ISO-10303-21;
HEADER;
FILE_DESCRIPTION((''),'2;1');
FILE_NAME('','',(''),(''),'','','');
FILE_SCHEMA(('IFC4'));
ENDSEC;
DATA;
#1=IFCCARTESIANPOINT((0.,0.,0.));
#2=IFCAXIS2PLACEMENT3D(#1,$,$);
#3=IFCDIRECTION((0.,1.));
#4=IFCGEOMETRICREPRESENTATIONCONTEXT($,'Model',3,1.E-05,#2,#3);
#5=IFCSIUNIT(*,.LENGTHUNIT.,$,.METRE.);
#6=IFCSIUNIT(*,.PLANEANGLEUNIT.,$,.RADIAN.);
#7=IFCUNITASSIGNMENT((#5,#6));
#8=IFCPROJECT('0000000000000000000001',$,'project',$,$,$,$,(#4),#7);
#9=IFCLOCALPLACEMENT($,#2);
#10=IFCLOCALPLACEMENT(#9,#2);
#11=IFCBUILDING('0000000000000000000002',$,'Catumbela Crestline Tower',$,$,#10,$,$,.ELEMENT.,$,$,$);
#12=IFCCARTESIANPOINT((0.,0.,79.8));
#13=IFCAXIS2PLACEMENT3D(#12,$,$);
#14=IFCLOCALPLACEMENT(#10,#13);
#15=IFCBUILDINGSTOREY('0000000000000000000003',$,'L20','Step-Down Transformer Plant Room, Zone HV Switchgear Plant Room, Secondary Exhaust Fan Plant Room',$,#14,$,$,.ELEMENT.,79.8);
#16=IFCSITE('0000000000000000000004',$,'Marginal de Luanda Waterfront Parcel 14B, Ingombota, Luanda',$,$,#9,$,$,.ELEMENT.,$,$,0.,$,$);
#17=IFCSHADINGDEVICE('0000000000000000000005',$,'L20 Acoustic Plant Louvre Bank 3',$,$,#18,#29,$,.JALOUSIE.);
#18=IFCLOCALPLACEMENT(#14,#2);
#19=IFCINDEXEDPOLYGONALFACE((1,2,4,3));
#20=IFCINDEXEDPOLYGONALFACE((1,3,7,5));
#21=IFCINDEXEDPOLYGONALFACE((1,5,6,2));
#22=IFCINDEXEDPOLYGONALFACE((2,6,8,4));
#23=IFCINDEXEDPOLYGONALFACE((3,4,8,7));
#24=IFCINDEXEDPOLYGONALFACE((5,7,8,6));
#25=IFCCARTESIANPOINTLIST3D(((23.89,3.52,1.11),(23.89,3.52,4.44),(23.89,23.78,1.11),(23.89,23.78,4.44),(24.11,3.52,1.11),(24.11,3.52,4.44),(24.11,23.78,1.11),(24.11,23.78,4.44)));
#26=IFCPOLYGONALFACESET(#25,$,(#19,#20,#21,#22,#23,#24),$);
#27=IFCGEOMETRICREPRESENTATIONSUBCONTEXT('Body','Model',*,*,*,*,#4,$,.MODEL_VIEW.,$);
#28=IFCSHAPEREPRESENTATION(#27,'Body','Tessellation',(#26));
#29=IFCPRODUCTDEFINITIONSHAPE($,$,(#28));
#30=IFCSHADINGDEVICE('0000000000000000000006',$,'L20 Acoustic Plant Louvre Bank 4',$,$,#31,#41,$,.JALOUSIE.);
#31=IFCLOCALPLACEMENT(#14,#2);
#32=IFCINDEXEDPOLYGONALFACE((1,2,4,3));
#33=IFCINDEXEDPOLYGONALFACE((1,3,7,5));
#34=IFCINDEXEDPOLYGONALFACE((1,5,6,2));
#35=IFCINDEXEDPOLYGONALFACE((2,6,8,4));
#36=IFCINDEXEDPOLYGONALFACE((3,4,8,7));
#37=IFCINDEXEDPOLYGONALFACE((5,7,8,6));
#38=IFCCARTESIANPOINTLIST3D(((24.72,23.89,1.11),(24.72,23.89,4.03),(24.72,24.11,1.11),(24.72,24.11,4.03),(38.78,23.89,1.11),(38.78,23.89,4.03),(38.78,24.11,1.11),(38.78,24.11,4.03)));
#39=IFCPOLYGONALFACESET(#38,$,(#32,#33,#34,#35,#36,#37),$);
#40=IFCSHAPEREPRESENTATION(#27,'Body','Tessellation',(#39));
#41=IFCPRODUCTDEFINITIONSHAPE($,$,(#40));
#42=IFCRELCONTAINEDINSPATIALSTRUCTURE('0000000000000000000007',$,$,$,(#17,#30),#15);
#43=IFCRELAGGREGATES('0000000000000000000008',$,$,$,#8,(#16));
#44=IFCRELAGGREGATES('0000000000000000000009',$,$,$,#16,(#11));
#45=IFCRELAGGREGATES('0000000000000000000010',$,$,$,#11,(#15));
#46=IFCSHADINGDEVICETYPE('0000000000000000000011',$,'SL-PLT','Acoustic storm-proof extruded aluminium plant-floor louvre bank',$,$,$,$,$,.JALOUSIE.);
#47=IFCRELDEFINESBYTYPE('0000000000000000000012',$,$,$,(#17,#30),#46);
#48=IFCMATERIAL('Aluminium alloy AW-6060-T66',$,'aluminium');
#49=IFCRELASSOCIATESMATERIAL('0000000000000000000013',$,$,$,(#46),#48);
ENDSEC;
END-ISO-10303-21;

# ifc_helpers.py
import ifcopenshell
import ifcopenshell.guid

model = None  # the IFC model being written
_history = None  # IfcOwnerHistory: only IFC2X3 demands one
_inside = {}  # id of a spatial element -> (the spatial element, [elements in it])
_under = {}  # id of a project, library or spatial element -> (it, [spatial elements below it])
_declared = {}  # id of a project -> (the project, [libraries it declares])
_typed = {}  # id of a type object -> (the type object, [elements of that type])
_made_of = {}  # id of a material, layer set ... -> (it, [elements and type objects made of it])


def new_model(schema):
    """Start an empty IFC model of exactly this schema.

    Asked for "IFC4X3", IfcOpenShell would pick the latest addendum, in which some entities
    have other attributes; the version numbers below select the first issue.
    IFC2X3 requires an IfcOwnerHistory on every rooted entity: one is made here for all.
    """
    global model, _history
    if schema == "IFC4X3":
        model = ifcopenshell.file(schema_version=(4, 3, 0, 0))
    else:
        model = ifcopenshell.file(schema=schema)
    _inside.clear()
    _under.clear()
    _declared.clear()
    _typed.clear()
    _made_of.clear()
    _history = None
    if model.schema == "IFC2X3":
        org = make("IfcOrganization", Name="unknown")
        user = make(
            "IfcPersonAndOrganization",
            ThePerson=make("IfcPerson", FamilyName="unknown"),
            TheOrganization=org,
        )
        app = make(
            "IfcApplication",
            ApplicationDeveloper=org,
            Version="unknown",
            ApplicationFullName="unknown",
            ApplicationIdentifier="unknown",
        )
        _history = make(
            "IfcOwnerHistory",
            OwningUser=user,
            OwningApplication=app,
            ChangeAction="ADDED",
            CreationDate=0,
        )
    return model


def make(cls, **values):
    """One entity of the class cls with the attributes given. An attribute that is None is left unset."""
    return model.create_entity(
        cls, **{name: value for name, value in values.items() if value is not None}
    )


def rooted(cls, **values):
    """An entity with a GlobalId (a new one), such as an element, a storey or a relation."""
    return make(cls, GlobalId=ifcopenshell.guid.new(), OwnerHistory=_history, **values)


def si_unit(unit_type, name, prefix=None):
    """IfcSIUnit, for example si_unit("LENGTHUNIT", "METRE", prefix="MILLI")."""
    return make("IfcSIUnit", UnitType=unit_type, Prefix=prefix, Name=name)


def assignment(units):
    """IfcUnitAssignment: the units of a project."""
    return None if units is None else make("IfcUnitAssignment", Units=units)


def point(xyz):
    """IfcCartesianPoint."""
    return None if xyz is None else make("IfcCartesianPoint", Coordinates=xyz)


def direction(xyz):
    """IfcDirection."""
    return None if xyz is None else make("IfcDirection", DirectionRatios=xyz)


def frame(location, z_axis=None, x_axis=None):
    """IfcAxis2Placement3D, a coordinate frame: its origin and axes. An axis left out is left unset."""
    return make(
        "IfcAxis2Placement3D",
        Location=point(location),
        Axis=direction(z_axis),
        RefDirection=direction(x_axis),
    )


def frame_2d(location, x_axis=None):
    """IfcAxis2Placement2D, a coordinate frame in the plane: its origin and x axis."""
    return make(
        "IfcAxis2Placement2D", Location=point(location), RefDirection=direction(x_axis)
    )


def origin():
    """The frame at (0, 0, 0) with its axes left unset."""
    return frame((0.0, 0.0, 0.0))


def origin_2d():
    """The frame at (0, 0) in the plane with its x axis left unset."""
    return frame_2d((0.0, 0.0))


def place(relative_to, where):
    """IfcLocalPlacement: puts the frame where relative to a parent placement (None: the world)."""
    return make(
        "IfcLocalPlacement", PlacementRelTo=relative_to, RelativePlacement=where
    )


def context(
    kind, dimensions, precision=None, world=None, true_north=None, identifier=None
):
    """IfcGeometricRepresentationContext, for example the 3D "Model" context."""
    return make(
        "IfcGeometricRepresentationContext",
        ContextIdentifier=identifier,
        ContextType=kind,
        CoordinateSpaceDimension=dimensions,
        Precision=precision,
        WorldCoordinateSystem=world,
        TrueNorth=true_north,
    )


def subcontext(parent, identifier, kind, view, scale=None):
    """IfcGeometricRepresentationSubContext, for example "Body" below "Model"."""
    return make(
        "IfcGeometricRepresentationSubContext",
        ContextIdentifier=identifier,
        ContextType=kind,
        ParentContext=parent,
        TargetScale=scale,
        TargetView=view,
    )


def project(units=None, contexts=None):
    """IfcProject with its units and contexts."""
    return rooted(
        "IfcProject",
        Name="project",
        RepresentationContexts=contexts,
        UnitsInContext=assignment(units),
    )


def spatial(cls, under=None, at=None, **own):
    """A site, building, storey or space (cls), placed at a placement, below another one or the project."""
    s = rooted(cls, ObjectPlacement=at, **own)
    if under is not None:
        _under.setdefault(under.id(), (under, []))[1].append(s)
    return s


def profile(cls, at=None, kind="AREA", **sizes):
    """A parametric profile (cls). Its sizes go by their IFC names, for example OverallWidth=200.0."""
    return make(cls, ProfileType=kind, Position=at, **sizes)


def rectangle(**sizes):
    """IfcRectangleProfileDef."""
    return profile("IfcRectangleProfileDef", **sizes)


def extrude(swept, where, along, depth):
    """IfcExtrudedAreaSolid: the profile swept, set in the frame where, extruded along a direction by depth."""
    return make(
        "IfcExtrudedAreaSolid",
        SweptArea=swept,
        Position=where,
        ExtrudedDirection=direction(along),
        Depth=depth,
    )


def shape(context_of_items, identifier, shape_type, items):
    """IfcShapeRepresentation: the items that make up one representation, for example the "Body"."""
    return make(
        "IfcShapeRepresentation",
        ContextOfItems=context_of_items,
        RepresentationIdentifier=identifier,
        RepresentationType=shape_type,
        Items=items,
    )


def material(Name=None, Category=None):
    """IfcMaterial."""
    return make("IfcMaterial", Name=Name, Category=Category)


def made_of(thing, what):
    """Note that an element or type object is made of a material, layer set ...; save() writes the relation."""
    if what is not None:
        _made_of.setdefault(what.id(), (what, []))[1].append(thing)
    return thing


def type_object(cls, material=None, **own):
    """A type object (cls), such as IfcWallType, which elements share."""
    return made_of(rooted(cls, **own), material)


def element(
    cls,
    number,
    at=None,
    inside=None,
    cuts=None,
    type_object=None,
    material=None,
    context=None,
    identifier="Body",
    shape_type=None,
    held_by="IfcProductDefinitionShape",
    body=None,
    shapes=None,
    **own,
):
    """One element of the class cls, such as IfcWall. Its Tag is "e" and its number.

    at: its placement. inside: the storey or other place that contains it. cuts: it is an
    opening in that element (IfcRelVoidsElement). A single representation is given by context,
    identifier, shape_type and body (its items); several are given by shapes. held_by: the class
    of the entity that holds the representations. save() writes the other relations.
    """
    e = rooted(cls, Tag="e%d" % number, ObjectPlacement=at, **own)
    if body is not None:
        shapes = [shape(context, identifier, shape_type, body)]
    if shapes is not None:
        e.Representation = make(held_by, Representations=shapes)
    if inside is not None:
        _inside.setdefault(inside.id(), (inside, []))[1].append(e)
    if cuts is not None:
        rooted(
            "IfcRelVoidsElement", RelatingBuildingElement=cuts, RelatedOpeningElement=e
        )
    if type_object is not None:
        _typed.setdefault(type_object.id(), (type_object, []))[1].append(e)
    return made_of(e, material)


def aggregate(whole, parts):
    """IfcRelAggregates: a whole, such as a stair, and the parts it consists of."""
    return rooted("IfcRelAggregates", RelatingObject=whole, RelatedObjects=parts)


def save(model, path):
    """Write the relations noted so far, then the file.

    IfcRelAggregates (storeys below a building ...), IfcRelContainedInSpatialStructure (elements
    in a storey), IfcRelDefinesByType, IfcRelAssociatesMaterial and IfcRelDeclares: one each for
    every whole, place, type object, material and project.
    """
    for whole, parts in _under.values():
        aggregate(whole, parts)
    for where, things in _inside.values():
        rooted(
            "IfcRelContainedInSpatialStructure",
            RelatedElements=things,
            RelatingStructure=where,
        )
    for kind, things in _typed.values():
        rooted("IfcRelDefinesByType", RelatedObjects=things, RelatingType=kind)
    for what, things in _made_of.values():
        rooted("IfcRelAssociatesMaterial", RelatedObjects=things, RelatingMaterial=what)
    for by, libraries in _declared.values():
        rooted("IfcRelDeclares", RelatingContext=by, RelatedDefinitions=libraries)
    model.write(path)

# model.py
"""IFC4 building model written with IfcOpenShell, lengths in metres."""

from ifc_helpers import new_model, si_unit, direction, frame, origin, origin_2d, place, context, subcontext, project, spatial, rectangle, extrude, material, type_object, element, save


model = new_model("IFC4")

# Units and contexts
model_context = context("Model", 3, precision=1e-05, world=origin(), true_north=direction((0.0, 1.0)))
body_context = subcontext(model_context, "Body", "Model", "MODEL_VIEW")
ifc_project = project(units=[si_unit("LENGTHUNIT", "METRE"), si_unit("PLANEANGLEUNIT", "RADIAN")], contexts=[model_context])

# Site, building, storey
site_placement = place(None, origin())
site = spatial("IfcSite", under=ifc_project, at=site_placement, Name="Marginal de Luanda Waterfront Parcel 14B, Ingombota, Luanda", CompositionType="ELEMENT", RefElevation=0.0)
building_placement = place(site_placement, origin())
building = spatial("IfcBuilding", under=site, at=building_placement, Name="Catumbela Crestline Tower", CompositionType="ELEMENT")
storey_placement = place(building_placement, frame((0.0, 0.0, 79.8)))
storey = spatial("IfcBuildingStorey", under=building, at=storey_placement, Name="L20", Description="Step-Down Transformer Plant Room, Zone HV Switchgear Plant Room, Secondary Exhaust Fan Plant Room", CompositionType="ELEMENT", Elevation=79.8)

# Shading devices
ifc_material_1 = material(Name="Aluminium alloy AW-6060-T66", Category="aluminium")
shading_device_type = type_object("IfcShadingDeviceType", Name="SL-PLT", Description="Acoustic storm-proof extruded aluminium plant-floor louvre bank", PredefinedType="JALOUSIE", material=ifc_material_1)
shading_device_1_placement = place(storey_placement, frame((24.0, 13.65, 1.11), z_axis=(0.0, 0.0, 1.0), x_axis=(0.0, 1.0, 0.0)))
element("IfcShadingDevice", 1, at=shading_device_1_placement, inside=storey, type_object=shading_device_type, Name="L20 Acoustic Plant Louvre Bank 3", PredefinedType="JALOUSIE", context=body_context, shape_type="SweptSolid", body=[
    extrude(rectangle(XDim=20.26, YDim=0.22, at=origin_2d()), origin(), (0.0, 0.0, 1.0), 3.33),
])
shading_device_2_placement = place(storey_placement, frame((31.75, 24.0, 1.11), z_axis=(0.0, 0.0, 1.0), x_axis=(1.0, 0.0, 0.0)))
element("IfcShadingDevice", 2, at=shading_device_2_placement, inside=storey, type_object=shading_device_type, Name="L20 Acoustic Plant Louvre Bank 4", PredefinedType="JALOUSIE", context=body_context, shape_type="SweptSolid", body=[
    extrude(rectangle(XDim=14.06, YDim=0.22, at=origin_2d()), origin(), (0.0, 0.0, 1.0), 2.92),
])

save(model, "model.ifc")
